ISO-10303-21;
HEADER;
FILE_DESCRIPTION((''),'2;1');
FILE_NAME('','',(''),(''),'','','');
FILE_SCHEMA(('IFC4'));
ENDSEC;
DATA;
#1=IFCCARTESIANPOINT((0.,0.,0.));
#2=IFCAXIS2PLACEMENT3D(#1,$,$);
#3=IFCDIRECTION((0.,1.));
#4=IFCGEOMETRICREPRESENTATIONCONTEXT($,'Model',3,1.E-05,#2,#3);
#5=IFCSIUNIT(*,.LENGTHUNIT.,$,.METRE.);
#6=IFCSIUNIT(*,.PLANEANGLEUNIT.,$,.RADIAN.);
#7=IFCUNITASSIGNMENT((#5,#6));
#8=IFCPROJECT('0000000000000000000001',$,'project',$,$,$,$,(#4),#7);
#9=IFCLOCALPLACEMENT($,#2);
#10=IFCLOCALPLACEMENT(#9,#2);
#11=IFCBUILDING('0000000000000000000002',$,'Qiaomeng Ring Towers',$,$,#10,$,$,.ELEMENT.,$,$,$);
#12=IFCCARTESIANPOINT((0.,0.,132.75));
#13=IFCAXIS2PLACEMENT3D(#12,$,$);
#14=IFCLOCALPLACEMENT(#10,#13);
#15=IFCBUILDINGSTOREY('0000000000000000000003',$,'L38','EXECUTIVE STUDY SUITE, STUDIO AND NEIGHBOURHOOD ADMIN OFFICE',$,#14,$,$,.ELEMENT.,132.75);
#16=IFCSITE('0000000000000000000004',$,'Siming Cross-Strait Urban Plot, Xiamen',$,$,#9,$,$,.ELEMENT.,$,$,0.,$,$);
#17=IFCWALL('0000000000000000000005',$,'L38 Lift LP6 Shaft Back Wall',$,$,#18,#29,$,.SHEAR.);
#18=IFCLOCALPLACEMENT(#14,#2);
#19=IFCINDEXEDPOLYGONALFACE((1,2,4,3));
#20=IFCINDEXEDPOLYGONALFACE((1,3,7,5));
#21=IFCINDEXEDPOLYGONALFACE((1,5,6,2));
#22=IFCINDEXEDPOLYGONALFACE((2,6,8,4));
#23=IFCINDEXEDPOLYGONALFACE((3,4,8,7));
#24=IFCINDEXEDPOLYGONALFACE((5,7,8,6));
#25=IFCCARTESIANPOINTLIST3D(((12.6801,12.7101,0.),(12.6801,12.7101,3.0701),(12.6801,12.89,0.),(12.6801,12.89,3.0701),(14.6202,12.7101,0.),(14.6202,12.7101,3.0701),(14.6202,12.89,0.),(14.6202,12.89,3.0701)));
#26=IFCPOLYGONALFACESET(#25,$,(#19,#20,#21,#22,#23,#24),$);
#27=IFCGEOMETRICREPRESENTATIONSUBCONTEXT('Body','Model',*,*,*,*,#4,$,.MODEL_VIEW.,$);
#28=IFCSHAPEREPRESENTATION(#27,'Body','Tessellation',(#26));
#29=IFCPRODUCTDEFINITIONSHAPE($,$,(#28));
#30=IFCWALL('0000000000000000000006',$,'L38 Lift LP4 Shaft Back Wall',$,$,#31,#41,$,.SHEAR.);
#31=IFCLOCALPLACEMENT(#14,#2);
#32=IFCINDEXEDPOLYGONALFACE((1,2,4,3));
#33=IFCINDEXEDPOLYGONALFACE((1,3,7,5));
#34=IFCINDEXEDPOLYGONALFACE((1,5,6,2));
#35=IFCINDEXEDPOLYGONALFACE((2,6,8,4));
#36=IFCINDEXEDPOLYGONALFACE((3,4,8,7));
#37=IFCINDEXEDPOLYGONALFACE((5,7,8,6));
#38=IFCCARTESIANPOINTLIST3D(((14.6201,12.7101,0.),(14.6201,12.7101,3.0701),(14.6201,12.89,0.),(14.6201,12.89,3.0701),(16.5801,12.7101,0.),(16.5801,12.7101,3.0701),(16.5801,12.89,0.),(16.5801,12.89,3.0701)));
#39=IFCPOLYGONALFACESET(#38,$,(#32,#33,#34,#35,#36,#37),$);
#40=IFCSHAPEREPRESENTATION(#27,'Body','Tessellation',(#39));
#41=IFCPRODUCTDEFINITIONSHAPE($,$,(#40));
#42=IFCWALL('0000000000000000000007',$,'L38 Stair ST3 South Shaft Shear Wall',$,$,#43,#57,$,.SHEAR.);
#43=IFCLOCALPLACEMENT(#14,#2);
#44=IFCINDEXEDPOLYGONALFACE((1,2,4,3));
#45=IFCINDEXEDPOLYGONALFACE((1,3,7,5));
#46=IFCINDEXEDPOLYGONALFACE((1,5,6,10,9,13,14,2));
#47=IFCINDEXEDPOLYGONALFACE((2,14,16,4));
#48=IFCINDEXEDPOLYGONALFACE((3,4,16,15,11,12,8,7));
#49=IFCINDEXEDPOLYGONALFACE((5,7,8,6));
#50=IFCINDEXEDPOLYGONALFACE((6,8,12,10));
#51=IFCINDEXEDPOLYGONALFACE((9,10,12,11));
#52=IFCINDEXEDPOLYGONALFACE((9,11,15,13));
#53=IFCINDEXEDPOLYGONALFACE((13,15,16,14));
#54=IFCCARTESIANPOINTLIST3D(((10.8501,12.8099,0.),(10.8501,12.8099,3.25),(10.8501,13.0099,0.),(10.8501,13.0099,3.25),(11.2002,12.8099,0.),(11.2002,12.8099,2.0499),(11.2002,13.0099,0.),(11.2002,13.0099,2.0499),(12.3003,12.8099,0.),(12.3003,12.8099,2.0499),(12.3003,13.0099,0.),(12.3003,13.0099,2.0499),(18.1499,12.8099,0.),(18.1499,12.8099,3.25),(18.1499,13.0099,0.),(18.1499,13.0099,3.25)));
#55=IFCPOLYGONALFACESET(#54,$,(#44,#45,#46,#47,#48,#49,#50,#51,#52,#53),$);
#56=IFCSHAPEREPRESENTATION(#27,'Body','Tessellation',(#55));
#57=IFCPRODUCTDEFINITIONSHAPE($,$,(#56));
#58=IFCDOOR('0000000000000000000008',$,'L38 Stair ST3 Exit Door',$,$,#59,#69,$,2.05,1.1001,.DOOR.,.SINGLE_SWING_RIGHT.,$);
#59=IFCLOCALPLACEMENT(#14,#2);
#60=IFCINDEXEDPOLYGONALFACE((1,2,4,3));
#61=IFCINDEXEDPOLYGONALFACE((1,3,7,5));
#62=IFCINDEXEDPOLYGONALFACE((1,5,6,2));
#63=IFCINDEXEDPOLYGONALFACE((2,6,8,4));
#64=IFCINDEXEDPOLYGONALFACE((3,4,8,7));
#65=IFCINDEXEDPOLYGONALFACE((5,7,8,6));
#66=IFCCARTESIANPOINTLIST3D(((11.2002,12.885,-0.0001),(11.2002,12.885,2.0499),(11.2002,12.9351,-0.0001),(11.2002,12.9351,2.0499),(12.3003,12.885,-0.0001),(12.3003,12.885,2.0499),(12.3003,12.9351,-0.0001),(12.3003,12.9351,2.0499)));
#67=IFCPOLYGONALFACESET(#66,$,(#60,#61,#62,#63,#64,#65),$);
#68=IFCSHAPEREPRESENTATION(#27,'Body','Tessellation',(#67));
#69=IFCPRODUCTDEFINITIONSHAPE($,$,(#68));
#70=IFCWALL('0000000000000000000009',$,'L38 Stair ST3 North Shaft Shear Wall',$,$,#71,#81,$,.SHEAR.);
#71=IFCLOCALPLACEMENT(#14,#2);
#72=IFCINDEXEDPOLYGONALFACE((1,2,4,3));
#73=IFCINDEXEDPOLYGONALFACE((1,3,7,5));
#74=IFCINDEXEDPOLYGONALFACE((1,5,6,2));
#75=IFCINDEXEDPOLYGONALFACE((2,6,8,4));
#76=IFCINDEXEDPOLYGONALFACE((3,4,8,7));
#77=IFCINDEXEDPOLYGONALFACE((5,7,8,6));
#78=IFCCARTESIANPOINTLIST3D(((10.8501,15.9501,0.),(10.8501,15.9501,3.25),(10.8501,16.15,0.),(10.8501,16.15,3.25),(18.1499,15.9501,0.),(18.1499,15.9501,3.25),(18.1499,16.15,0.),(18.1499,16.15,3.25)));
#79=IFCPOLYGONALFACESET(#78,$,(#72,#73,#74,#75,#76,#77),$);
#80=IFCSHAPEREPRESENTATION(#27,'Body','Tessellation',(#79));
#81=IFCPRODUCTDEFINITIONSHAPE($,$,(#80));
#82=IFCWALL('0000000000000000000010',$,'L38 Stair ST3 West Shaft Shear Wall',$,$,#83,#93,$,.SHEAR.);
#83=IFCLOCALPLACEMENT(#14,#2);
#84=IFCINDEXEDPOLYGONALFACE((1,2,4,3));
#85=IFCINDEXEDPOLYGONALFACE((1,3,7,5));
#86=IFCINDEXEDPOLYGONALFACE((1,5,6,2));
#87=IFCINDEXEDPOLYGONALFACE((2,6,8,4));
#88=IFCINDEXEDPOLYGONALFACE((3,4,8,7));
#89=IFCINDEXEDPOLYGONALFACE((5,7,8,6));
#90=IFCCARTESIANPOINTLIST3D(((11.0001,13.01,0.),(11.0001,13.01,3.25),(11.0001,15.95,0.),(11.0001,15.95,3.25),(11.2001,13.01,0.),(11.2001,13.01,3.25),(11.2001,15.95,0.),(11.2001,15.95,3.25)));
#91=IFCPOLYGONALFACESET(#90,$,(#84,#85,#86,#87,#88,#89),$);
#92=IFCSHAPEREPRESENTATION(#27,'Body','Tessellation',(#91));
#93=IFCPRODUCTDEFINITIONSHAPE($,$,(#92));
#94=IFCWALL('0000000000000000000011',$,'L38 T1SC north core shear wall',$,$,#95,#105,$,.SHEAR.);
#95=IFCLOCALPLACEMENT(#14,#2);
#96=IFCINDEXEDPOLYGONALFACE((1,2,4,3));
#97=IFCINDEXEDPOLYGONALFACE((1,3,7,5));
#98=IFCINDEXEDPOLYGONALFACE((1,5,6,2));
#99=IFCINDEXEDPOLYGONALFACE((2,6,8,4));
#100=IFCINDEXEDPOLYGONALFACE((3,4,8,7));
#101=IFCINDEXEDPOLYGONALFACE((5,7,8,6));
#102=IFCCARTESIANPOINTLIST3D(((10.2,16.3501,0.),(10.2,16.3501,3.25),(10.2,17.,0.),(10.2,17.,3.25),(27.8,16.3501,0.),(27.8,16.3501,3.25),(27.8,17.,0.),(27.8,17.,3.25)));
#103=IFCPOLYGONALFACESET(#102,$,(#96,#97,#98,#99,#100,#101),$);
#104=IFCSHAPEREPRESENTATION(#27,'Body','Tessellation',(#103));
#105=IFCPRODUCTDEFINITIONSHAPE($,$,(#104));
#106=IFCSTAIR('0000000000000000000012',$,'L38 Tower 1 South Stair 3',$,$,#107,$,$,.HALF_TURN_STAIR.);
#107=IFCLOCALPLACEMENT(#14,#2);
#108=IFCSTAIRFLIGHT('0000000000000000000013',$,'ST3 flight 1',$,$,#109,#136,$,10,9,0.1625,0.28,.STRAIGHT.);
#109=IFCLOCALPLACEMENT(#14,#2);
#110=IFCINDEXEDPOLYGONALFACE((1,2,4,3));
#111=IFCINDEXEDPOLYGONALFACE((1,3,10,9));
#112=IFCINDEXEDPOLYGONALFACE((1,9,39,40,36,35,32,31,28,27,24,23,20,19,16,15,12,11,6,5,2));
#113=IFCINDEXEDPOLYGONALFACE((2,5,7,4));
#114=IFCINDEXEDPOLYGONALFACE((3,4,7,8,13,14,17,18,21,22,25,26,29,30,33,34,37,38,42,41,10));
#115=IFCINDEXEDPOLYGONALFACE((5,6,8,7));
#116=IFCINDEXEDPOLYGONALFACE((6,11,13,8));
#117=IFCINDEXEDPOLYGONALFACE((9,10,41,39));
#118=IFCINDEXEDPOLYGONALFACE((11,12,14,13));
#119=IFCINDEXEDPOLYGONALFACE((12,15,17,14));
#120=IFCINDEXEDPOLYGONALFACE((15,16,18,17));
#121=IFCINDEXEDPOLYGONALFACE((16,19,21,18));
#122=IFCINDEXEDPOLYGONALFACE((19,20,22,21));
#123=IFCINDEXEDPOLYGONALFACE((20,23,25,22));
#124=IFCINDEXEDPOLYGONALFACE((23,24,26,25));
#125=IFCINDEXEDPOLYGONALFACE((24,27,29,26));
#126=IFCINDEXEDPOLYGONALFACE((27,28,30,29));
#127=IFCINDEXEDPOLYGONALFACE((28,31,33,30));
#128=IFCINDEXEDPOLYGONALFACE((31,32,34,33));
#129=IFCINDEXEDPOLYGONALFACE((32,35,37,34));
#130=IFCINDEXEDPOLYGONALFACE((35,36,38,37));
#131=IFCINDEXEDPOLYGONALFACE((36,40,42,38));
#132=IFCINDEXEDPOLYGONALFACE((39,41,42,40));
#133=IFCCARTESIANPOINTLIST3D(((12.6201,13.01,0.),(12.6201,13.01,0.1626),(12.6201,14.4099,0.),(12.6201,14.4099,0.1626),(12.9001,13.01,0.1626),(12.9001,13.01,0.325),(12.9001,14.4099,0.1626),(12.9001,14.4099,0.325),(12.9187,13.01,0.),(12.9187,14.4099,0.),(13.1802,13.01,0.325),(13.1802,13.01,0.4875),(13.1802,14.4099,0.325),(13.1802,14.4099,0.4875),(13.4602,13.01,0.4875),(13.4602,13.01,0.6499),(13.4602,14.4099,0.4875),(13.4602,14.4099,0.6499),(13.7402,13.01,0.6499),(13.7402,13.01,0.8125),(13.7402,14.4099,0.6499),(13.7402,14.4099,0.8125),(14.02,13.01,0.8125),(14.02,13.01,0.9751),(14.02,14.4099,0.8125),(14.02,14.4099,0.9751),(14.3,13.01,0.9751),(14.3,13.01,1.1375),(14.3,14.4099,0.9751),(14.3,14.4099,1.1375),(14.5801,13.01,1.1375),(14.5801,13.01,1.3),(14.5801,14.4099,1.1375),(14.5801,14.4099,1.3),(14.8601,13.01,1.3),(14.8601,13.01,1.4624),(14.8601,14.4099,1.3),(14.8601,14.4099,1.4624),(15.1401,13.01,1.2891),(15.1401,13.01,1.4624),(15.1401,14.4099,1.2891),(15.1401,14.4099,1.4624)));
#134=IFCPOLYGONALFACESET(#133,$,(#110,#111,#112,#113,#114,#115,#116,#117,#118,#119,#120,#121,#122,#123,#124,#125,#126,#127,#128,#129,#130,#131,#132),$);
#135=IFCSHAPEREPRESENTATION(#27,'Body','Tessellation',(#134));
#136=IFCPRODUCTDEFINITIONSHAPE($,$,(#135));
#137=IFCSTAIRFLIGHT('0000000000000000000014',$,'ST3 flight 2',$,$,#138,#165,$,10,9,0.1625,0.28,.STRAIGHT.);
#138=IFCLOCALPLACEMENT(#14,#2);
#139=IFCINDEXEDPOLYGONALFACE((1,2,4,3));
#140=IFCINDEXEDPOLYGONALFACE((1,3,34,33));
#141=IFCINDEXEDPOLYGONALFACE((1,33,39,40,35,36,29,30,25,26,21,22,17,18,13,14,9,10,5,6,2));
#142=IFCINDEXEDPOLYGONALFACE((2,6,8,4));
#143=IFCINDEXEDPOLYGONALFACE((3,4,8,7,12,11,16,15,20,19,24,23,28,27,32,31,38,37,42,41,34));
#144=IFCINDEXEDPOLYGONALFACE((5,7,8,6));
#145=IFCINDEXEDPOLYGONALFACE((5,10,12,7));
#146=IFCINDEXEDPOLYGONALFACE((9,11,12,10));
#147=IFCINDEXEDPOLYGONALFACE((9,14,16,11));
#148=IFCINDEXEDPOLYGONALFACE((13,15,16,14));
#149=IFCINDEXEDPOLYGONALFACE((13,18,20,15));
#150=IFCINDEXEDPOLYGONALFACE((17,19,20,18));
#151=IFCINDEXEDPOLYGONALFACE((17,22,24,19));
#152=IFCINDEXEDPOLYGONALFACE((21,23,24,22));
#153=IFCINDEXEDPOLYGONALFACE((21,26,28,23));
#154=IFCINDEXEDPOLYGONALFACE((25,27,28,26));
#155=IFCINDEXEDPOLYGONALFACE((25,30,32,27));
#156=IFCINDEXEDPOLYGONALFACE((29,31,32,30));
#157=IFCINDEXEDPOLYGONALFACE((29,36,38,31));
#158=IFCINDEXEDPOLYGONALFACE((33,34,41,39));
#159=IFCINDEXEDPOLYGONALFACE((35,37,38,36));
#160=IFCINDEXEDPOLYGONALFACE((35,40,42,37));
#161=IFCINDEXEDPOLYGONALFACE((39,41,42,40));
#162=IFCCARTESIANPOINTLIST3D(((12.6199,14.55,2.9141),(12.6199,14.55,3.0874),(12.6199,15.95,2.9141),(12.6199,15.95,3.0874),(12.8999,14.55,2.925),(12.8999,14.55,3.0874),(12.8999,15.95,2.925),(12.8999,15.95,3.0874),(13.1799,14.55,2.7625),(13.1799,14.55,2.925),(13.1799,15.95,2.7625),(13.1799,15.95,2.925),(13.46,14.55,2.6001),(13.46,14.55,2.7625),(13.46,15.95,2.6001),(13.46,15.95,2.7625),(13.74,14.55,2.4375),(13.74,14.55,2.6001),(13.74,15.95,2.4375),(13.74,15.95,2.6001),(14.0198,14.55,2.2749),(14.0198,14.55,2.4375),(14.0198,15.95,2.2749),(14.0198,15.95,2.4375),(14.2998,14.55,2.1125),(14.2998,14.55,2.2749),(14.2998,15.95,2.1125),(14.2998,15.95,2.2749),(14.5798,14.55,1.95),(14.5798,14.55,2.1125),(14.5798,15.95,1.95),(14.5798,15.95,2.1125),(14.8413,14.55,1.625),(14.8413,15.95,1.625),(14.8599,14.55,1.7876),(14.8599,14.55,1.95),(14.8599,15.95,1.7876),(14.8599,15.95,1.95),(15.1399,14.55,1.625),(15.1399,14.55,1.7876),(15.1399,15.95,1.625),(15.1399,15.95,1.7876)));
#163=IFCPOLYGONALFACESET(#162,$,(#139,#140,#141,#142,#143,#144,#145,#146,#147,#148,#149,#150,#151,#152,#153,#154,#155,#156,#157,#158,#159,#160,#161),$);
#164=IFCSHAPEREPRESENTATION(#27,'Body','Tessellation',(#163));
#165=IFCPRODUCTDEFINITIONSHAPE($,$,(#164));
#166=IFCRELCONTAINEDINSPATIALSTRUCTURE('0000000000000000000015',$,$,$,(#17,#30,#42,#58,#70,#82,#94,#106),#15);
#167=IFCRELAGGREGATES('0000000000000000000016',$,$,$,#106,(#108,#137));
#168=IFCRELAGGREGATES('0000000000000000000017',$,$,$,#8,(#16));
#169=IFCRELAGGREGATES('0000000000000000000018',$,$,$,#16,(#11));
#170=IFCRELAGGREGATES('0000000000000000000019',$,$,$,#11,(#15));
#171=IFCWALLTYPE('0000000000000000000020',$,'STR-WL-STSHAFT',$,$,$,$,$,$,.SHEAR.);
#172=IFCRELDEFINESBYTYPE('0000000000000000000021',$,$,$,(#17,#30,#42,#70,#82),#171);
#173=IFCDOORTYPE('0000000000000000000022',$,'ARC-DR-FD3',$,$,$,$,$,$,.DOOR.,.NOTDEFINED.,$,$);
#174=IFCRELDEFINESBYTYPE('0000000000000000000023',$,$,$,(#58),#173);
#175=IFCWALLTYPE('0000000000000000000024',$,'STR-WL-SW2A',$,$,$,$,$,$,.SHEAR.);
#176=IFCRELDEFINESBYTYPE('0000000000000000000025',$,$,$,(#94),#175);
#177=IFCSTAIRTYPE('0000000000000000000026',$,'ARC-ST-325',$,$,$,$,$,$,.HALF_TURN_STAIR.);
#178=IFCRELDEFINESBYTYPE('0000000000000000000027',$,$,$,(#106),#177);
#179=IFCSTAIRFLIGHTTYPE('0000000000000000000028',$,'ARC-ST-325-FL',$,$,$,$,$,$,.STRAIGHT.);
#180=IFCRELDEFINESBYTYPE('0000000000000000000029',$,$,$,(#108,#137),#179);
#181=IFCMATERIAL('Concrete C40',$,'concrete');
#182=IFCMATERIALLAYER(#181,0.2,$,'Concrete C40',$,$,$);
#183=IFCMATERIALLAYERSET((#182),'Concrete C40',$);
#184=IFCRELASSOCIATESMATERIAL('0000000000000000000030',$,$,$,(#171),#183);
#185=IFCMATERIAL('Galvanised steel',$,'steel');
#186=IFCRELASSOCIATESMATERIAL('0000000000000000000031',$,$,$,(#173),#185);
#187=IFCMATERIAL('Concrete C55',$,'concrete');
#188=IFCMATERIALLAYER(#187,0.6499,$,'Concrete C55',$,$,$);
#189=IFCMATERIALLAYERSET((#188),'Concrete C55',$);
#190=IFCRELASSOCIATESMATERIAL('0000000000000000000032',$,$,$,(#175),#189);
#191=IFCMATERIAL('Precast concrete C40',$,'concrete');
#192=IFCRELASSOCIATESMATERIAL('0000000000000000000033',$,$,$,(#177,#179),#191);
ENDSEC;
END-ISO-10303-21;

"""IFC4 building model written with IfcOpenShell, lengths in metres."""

from ifc_helpers import new_model, si_unit, direction, frame, frame_2d, origin, place, context, subcontext, project, spatial, polyline, rectangle, outline, extrude, source, transform, mapped, material, layer, layer_set, type_object, element, fill, aggregate, save


model = new_model("IFC4")

# Units and contexts
model_context = context("Model", 3, precision=1e-05, world=origin(), true_north=direction((0.0, 1.0)))
body_context = subcontext(model_context, "Body", "Model", "MODEL_VIEW")
ifc_project = project(units=[si_unit("LENGTHUNIT", "METRE"), si_unit("PLANEANGLEUNIT", "RADIAN")], contexts=[model_context])

# Site, building, storey
site_placement = place(None, origin())
site = spatial("IfcSite", under=ifc_project, at=site_placement, Name="Siming Cross-Strait Urban Plot, Xiamen", CompositionType="ELEMENT", RefElevation=0.0)
building_placement = place(site_placement, origin())
building = spatial("IfcBuilding", under=site, at=building_placement, Name="Qiaomeng Ring Towers", CompositionType="ELEMENT")
storey_placement = place(building_placement, frame((0.0, 0.0, 132.75)))
storey = spatial("IfcBuildingStorey", under=building, at=storey_placement, Name="L38", Description="EXECUTIVE STUDY SUITE, STUDIO AND NEIGHBOURHOOD ADMIN OFFICE", CompositionType="ELEMENT", Elevation=132.75)

# Shared definitions
ifc_material_1 = material(Name="Concrete C55", Category="concrete")

# Walls
ifc_material_2 = material(Name="Concrete C40", Category="concrete")
ifc_layer_1 = layer(ifc_material_2, 0.2, Name="Concrete C40")
ifc_layer_set_1 = layer_set([ifc_layer_1], Name="Concrete C40")
wall_type_1 = type_object("IfcWallType", Name="STR-WL-STSHAFT", PredefinedType="SHEAR", material=ifc_layer_set_1)
wall_1_placement = place(storey_placement, frame((12.6799, 12.8, 0.0), z_axis=(0.0, 0.0, 1.0), x_axis=(1.0, 0.0, 0.0)))
element("IfcWall", 1, at=wall_1_placement, inside=storey, type_object=wall_type_1, Name="L38 Lift LP6 Shaft Back Wall", PredefinedType="SHEAR", context=body_context, shape_type="SweptSolid", body=[
    extrude(rectangle(XDim=1.9402, YDim=0.1799, at=frame_2d((0.9702, 0.0))), origin(), (0.0, 0.0, 1.0), 3.0701),
])
wall_2_placement = place(storey_placement, frame((14.6201, 12.8, 0.0), z_axis=(0.0, 0.0, 1.0), x_axis=(1.0, 0.0, 0.0)))
element("IfcWall", 2, at=wall_2_placement, inside=storey, type_object=wall_type_1, Name="L38 Lift LP4 Shaft Back Wall", PredefinedType="SHEAR", context=body_context, shape_type="SweptSolid", body=[
    extrude(rectangle(XDim=1.96, YDim=0.1799, at=frame_2d((0.98, 0.0))), origin(), (0.0, 0.0, 1.0), 3.0701),
])

# Wall, opening, door
wall_3_placement = place(storey_placement, frame((10.8501, 12.9099, 0.0), z_axis=(0.0, 0.0, 1.0), x_axis=(1.0, 0.0, 0.0)))
wall_3 = element("IfcWall", 3, at=wall_3_placement, inside=storey, type_object=wall_type_1, Name="L38 Stair ST3 South Shaft Shear Wall", PredefinedType="SHEAR", context=body_context, shape_type="SweptSolid", body=[
    extrude(rectangle(XDim=7.2998, YDim=0.2, at=frame_2d((3.6499, 0.0))), origin(), (0.0, 0.0, 1.0), 3.25),
])
opening_1_placement = place(wall_3_placement, frame((0.3501, 0.0, 0.0)))
opening_1 = element("IfcOpeningElement", 4, at=opening_1_placement, cuts=wall_3, PredefinedType="OPENING", context=body_context, shape_type="SweptSolid", body=[
    extrude(rectangle(XDim=1.1001, YDim=2.05, at=frame_2d((0.55, 1.0249))), frame((0.0, 0.1099, 0.0), z_axis=(0.0, -1.0, 0.0), x_axis=(1.0, 0.0, 0.0)), (0.0, 0.0, 1.0), 0.22),
])
ifc_material_3 = material(Name="Galvanised steel", Category="steel")
door_type_1 = type_object("IfcDoorType", Name="ARC-DR-FD3", OperationType="NOTDEFINED", PredefinedType="DOOR", material=ifc_material_3)
shared_shape_1 = source(origin(), body_context, "Body", "SweptSolid", [
    extrude(rectangle(XDim=1.1001, YDim=2.05, at=frame_2d((0.55, 1.0249))), frame((0.0, 0.0249, 0.0), z_axis=(0.0, -1.0, 0.0), x_axis=(1.0, 0.0, 0.0)), (0.0, 0.0, 1.0), 0.05),
])
door_1_placement = place(opening_1_placement, frame((1.1001, 0.0, 0.0), z_axis=(0.0, 0.0, 1.0), x_axis=(-1.0, 0.0, 0.0)))
door_1 = element("IfcDoor", 5, at=door_1_placement, inside=storey, type_object=door_type_1, Name="L38 Stair ST3 Exit Door", OperationType="SINGLE_SWING_RIGHT", OverallHeight=2.05, OverallWidth=1.1001, PredefinedType="DOOR", context=body_context, shape_type="MappedRepresentation", body=[
    mapped(shared_shape_1, transform((0.0, 0.0, 0.0), x_axis=(1.0, 0.0, 0.0), y_axis=(0.0, 1.0, 0.0), z_axis=(0.0, 0.0, 1.0), scale=1.0)),
])
fill(opening_1, door_1)

# Walls
wall_4_placement = place(storey_placement, frame((10.8501, 16.05, 0.0), z_axis=(0.0, 0.0, 1.0), x_axis=(1.0, 0.0, 0.0)))
element("IfcWall", 6, at=wall_4_placement, inside=storey, type_object=wall_type_1, Name="L38 Stair ST3 North Shaft Shear Wall", PredefinedType="SHEAR", context=body_context, shape_type="SweptSolid", body=[
    extrude(rectangle(XDim=7.2998, YDim=0.2, at=frame_2d((3.6499, 0.0))), origin(), (0.0, 0.0, 1.0), 3.25),
])
wall_5_placement = place(storey_placement, frame((11.1001, 13.01, 0.0), z_axis=(0.0, 0.0, 1.0), x_axis=(0.0, 1.0, 0.0)))
element("IfcWall", 7, at=wall_5_placement, inside=storey, type_object=wall_type_1, Name="L38 Stair ST3 West Shaft Shear Wall", PredefinedType="SHEAR", context=body_context, shape_type="SweptSolid", body=[
    extrude(rectangle(XDim=2.9399, YDim=0.2, at=frame_2d((1.47, 0.0))), origin(), (0.0, 0.0, 1.0), 3.25),
])
ifc_layer_2 = layer(ifc_material_1, 0.6499, Name="Concrete C55")
ifc_layer_set_2 = layer_set([ifc_layer_2], Name="Concrete C55")
wall_type_2 = type_object("IfcWallType", Name="STR-WL-SW2A", PredefinedType="SHEAR", material=ifc_layer_set_2)
wall_6_placement = place(storey_placement, frame((10.2, 16.675, 0.0), z_axis=(0.0, 0.0, 1.0), x_axis=(1.0, 0.0, 0.0)))
element("IfcWall", 8, at=wall_6_placement, inside=storey, type_object=wall_type_2, Name="L38 T1SC north core shear wall", PredefinedType="SHEAR", context=body_context, shape_type="SweptSolid", body=[
    extrude(rectangle(XDim=17.6001, YDim=0.6499, at=frame_2d((8.8, 0.0))), origin(), (0.0, 0.0, 1.0), 3.25),
])

# Stair, stair flights
ifc_material_4 = material(Name="Precast concrete C40", Category="concrete")
stair_type = type_object("IfcStairType", Name="ARC-ST-325", PredefinedType="HALF_TURN_STAIR", material=ifc_material_4)
stair_placement = place(storey_placement, origin())
stair = element("IfcStair", 9, at=stair_placement, inside=storey, type_object=stair_type, Name="L38 Tower 1 South Stair 3", PredefinedType="HALF_TURN_STAIR")
stair_flight_type = type_object("IfcStairFlightType", Name="ARC-ST-325-FL", PredefinedType="STRAIGHT", material=ifc_material_4)
shared_shape_2 = source(origin(), body_context, "Body", "SweptSolid", [
    extrude(outline(polyline([(0.0, 0.0), (0.0, 0.1626), (0.28, 0.1626), (0.28, 0.325), (0.5601, 0.325), (0.5601, 0.4875), (0.8401, 0.4875), (0.8401, 0.6499), (1.1201, 0.6499), (1.1201, 0.8125), (1.3999, 0.8125), (1.3999, 0.9751), (1.6799, 0.9751), (1.6799, 1.1375), (1.96, 1.1375), (1.96, 1.3), (2.24, 1.3), (2.24, 1.4624), (2.52, 1.4624), (2.52, 1.625), (2.52, 1.2891), (0.2986, 0.0), (0.0, 0.0)])), frame((0.0, 0.7, 0.0), z_axis=(0.0, -1.0, 0.0), x_axis=(1.0, 0.0, 0.0)), (0.0, 0.0, 1.0), 1.3999),
])
stair_flight_1_placement = place(storey_placement, frame((12.6201, 13.71, 0.0), z_axis=(0.0, 0.0, 1.0), x_axis=(1.0, 0.0, 0.0)))
stair_flight_1 = element("IfcStairFlight", 10, at=stair_flight_1_placement, type_object=stair_flight_type, Name="ST3 flight 1", NumberOfRisers=10, NumberOfTreads=9, PredefinedType="STRAIGHT", RiserHeight=0.1625, TreadLength=0.28, context=body_context, shape_type="MappedRepresentation", body=[
    mapped(shared_shape_2, transform((0.0, 0.0, 0.0), x_axis=(1.0, 0.0, 0.0), y_axis=(0.0, 1.0, 0.0), z_axis=(0.0, 0.0, 1.0), scale=1.0)),
])
stair_flight_2_placement = place(storey_placement, frame((15.1399, 15.25, 1.625), z_axis=(0.0, 0.0, 1.0), x_axis=(-1.0, 0.0, 0.0)))
stair_flight_2 = element("IfcStairFlight", 11, at=stair_flight_2_placement, type_object=stair_flight_type, Name="ST3 flight 2", NumberOfRisers=10, NumberOfTreads=9, PredefinedType="STRAIGHT", RiserHeight=0.1625, TreadLength=0.28, context=body_context, shape_type="MappedRepresentation", body=[
    mapped(shared_shape_2, transform((0.0, 0.0, 0.0), x_axis=(1.0, 0.0, 0.0), y_axis=(0.0, 1.0, 0.0), z_axis=(0.0, 0.0, 1.0), scale=1.0)),
])
aggregate(stair, [stair_flight_1, stair_flight_2])

save(model, "model.ifc")
